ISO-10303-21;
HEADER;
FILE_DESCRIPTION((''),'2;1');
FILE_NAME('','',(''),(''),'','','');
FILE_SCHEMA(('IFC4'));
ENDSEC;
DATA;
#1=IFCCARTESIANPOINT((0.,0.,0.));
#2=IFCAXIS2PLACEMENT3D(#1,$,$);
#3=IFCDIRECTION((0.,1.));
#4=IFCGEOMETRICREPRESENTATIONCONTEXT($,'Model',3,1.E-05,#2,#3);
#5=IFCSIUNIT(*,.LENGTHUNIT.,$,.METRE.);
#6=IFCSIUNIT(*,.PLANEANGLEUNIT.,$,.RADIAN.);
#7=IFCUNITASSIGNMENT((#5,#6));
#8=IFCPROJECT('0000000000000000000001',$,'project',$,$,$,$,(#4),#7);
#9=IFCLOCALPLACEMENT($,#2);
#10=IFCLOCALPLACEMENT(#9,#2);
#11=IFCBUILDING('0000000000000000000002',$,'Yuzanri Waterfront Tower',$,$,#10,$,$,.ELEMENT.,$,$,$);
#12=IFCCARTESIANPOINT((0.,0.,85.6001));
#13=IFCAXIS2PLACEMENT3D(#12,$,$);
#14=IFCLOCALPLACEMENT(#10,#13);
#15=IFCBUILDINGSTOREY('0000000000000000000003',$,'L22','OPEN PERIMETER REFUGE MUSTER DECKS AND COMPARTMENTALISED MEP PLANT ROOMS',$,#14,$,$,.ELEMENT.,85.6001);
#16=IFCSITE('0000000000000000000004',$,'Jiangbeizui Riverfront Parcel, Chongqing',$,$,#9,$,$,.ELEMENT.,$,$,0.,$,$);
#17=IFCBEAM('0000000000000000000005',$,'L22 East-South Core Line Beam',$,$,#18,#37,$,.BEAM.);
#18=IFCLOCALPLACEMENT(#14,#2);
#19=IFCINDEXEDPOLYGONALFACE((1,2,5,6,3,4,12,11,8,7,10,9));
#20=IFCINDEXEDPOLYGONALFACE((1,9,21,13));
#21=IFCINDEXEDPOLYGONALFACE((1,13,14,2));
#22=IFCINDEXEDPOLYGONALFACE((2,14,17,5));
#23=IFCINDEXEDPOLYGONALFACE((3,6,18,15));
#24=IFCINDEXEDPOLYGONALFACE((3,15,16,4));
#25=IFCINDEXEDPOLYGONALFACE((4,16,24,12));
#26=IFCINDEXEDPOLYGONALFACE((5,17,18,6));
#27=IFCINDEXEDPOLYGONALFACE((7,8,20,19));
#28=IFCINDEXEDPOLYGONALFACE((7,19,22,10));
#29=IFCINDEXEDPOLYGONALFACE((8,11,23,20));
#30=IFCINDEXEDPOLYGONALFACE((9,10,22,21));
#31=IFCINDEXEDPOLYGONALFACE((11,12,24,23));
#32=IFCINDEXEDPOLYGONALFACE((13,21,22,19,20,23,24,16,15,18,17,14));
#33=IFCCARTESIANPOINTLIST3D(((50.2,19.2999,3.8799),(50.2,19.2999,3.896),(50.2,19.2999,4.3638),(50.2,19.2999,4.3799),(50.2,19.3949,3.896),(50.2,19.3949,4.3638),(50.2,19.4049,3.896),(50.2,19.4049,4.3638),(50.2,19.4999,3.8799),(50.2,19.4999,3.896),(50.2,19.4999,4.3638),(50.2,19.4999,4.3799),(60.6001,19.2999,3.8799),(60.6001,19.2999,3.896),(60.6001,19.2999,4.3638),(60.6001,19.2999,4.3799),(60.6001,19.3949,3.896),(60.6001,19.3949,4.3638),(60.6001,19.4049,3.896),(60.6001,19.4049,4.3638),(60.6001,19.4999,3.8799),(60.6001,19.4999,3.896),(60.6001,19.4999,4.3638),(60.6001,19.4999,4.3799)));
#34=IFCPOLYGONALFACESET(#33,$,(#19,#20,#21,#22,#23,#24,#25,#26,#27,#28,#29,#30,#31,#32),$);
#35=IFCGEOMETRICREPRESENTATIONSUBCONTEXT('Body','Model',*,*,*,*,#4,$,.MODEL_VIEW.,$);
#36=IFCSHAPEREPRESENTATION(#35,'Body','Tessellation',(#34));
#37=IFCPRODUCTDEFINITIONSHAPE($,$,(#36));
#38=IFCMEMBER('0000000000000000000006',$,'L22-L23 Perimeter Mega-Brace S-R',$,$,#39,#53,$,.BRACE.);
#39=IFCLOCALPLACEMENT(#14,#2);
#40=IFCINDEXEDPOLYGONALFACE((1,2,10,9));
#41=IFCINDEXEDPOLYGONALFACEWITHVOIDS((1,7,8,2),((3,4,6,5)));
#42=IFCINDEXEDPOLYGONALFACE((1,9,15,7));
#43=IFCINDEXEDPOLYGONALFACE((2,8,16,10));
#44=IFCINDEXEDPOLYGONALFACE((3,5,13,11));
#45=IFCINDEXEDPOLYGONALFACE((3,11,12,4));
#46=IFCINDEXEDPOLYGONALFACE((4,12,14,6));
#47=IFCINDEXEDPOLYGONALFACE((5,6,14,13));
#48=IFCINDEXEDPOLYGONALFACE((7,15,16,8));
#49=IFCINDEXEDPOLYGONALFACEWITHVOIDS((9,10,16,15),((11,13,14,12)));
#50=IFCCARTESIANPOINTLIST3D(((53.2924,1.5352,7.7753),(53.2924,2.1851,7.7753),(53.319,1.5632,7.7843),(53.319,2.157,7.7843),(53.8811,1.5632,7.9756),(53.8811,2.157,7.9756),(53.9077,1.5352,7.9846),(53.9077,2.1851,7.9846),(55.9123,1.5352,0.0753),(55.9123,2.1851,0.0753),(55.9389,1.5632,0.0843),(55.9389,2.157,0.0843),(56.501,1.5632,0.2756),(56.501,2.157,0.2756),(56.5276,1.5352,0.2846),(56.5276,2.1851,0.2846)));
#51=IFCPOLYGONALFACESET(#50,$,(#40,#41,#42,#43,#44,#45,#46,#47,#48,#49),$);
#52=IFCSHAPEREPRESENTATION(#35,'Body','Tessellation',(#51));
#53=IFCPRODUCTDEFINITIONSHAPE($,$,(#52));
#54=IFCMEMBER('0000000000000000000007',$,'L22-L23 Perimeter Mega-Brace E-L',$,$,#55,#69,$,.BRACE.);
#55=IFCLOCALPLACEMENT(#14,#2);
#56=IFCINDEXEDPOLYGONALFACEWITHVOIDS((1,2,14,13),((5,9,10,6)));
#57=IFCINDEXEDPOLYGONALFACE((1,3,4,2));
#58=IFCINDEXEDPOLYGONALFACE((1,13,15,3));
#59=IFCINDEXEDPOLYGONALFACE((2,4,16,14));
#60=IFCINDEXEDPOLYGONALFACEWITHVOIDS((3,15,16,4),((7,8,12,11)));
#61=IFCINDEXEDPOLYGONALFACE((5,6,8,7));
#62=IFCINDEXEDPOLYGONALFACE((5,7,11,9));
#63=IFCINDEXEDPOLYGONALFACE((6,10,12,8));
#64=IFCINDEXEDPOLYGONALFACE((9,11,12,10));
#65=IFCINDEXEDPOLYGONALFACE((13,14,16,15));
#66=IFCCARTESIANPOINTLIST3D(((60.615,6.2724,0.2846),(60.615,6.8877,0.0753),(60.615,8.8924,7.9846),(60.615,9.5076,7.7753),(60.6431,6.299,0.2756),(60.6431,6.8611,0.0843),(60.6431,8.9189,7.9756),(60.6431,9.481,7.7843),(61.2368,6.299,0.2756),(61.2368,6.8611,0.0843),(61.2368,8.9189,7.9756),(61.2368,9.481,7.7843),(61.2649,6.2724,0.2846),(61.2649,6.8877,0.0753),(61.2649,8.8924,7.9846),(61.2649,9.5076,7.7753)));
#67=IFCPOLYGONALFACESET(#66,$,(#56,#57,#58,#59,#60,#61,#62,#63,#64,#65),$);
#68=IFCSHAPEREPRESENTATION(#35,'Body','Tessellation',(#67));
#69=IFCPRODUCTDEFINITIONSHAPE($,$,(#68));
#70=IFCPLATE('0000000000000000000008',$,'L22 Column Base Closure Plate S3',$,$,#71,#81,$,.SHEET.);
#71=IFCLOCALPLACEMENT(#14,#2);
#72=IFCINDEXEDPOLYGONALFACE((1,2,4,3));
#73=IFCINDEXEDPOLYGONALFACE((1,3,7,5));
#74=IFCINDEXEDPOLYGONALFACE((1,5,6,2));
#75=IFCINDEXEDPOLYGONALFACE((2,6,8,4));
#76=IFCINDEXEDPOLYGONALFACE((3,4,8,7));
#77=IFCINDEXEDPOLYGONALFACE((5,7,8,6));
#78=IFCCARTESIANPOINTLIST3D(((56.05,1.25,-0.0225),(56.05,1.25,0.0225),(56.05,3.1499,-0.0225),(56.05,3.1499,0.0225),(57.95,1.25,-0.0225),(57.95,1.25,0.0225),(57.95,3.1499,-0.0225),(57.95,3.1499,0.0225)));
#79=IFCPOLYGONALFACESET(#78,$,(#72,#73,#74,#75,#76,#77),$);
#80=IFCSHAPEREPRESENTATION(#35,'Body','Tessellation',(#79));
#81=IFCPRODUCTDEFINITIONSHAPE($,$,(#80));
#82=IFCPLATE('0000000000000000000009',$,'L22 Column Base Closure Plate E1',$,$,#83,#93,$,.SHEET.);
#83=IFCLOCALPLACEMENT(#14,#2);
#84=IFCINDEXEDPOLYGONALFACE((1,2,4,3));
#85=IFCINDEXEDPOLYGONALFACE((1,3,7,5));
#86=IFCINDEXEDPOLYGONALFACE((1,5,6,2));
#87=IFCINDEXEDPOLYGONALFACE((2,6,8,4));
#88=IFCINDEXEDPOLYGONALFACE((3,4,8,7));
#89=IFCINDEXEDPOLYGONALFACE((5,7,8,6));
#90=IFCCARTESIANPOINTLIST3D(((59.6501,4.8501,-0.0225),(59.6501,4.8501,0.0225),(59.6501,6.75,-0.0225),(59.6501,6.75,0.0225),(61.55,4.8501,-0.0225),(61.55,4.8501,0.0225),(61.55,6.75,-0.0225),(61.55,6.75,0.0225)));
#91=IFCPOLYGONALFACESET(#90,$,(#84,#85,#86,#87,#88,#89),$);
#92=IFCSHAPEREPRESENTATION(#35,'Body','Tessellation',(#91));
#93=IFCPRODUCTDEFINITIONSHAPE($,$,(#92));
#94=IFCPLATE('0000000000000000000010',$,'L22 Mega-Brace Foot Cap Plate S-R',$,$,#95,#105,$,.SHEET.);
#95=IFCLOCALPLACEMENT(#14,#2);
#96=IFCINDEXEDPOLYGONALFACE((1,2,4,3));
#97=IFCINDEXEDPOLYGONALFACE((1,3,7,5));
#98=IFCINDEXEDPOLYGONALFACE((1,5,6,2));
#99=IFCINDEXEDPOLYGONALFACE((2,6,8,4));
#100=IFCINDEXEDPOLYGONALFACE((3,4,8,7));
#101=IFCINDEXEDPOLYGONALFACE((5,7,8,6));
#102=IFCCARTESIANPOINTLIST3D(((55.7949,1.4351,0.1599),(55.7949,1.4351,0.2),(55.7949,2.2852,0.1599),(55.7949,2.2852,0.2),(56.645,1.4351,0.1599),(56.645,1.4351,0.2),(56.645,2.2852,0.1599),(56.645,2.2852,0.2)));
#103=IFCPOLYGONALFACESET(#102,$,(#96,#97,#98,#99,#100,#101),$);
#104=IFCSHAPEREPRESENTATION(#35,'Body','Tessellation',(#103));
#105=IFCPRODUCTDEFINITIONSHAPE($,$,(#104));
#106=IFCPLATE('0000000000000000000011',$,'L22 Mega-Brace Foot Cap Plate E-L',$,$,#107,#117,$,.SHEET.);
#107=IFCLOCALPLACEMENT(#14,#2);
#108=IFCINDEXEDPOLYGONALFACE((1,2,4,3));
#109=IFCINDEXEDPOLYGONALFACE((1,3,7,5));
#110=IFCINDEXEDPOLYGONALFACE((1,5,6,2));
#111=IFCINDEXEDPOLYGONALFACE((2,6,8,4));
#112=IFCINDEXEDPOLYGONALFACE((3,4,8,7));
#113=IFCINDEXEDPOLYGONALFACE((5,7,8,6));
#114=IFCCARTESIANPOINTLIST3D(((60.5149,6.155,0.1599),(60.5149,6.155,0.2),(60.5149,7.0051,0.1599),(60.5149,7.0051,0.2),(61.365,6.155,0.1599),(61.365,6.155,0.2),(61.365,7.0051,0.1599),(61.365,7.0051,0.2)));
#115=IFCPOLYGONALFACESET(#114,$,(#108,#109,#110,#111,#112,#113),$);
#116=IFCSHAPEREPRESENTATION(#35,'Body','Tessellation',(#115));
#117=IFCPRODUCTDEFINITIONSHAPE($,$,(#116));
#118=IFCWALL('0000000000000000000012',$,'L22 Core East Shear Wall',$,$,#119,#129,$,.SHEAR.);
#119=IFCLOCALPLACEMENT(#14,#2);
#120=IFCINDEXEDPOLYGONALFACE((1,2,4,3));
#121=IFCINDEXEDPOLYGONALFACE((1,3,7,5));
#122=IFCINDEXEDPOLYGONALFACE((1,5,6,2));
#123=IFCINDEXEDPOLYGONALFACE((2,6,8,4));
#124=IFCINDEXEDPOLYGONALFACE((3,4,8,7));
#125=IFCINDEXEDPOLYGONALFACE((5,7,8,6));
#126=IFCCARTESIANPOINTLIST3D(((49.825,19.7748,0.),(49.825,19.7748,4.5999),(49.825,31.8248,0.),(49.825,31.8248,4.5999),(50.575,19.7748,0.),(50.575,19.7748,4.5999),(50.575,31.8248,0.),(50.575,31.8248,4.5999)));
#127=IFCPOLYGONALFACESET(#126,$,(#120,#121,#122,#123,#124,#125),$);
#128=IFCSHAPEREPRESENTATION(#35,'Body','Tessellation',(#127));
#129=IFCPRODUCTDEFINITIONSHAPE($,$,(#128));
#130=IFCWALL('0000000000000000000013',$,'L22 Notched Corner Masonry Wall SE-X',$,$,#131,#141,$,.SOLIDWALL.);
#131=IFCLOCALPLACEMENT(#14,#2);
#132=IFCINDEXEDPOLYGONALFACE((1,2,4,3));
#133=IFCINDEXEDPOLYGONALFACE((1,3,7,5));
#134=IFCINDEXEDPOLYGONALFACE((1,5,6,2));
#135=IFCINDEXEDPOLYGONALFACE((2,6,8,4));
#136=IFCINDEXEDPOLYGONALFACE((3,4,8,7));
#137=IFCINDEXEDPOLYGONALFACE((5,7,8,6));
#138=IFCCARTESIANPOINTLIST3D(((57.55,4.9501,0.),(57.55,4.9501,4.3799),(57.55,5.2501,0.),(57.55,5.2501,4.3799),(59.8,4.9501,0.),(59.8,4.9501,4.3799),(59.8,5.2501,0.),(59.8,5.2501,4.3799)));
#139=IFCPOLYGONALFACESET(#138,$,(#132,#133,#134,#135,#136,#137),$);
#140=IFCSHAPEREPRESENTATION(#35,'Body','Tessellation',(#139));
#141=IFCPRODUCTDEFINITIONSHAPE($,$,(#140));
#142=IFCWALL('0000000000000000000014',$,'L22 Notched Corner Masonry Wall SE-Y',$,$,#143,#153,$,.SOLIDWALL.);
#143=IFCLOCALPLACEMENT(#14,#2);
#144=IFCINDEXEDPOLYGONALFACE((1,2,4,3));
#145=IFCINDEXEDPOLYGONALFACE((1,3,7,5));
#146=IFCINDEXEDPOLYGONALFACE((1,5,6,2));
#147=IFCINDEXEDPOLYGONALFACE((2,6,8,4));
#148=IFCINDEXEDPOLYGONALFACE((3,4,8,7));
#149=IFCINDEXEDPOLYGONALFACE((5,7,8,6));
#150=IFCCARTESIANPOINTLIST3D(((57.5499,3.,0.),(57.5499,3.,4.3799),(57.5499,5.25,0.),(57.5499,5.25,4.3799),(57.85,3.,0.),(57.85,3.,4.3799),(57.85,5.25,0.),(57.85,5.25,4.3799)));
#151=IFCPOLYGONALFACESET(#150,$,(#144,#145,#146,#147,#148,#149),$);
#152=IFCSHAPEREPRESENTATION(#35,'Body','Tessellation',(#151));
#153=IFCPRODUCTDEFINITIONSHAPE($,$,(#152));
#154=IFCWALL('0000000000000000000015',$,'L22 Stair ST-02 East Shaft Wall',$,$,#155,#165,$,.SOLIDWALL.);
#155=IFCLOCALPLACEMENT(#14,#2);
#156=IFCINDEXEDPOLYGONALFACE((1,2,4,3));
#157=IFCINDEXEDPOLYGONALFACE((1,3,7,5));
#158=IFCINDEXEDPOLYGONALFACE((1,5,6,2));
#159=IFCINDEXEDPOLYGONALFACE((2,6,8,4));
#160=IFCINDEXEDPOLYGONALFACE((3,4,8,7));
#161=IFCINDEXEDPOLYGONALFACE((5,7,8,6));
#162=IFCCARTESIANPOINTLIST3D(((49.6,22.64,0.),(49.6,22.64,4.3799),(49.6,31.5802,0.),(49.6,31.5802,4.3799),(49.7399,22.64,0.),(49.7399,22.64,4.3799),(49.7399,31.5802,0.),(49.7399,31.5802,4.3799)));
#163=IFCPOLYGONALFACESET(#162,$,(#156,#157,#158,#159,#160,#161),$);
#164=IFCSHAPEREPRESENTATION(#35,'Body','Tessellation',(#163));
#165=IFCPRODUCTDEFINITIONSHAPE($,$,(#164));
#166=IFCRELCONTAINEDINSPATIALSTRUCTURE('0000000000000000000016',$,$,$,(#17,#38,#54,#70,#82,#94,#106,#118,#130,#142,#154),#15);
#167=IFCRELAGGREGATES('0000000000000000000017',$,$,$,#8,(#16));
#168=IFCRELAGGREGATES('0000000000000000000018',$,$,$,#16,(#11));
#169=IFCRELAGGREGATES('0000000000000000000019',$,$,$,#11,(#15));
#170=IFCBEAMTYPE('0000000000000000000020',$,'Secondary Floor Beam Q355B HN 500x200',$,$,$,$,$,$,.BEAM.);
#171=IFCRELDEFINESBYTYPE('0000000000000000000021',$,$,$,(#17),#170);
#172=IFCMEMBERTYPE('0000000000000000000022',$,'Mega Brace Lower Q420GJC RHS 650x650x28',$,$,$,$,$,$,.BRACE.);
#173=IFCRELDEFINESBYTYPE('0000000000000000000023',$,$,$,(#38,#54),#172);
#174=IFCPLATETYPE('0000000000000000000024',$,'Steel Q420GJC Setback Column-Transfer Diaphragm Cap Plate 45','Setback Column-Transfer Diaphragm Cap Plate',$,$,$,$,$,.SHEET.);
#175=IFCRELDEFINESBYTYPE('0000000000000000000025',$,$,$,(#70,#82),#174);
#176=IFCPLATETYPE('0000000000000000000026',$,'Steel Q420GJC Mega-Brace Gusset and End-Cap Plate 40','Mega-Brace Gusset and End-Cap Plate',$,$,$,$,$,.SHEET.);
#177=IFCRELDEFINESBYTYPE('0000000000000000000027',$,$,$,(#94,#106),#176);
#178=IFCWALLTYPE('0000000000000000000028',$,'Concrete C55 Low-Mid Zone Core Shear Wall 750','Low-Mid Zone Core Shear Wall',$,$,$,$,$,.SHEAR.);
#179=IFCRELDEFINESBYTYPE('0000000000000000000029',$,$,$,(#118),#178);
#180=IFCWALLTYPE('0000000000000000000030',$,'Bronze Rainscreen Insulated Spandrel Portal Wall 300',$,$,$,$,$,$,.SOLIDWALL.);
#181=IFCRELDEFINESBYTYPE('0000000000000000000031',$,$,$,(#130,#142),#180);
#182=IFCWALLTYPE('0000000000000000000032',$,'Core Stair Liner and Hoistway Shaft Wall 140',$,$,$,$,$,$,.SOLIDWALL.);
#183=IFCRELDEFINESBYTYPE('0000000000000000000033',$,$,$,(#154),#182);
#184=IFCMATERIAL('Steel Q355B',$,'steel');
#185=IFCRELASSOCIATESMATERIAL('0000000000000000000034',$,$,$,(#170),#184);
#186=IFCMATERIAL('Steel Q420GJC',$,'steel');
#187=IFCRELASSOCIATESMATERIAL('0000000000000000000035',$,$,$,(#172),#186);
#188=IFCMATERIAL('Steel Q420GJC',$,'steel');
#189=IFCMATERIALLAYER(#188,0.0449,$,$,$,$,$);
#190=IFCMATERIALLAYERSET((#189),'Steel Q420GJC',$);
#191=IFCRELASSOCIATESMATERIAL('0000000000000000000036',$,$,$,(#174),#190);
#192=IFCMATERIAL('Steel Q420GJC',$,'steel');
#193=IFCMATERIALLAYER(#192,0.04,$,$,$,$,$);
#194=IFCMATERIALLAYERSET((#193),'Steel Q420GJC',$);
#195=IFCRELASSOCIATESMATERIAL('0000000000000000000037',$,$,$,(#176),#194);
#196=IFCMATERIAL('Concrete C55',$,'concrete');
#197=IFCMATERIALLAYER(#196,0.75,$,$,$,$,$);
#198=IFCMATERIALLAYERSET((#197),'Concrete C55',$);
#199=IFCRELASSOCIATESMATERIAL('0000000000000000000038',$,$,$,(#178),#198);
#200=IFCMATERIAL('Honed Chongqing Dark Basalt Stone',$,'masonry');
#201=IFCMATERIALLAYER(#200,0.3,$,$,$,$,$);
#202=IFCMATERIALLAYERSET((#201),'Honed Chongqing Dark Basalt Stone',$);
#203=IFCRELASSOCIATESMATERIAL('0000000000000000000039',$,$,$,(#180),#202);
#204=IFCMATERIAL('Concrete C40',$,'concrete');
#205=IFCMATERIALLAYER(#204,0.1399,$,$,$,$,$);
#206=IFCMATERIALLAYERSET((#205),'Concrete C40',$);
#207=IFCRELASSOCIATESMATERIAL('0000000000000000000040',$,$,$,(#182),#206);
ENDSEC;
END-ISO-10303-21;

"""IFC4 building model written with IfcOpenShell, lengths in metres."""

from ifc_helpers import new_model, si_unit, direction, frame, frame_2d, origin, origin_2d, place, context, subcontext, project, spatial, rectangle, hollow_rectangle, i_section, extrude, source, transform, mapped, material, layer, layer_set, material_profile, profile_set, type_object, element, save


model = new_model("IFC4")

# Units and contexts
model_context = context("Model", 3, precision=1e-05, world=origin(), true_north=direction((0.0, 1.0)))
body_context = subcontext(model_context, "Body", "Model", "MODEL_VIEW")
ifc_project = project(units=[si_unit("LENGTHUNIT", "METRE"), si_unit("PLANEANGLEUNIT", "RADIAN")], contexts=[model_context])

# Site, building, storey
site_placement = place(None, origin())
site = spatial("IfcSite", under=ifc_project, at=site_placement, Name="Jiangbeizui Riverfront Parcel, Chongqing", CompositionType="ELEMENT", RefElevation=0.0)
building_placement = place(site_placement, origin())
building = spatial("IfcBuilding", under=site, at=building_placement, Name="Yuzanri Waterfront Tower", CompositionType="ELEMENT")
storey_placement = place(building_placement, frame((0.0, 0.0, 85.6001)))
storey = spatial("IfcBuildingStorey", under=building, at=storey_placement, Name="L22", Description="OPEN PERIMETER REFUGE MUSTER DECKS AND COMPARTMENTALISED MEP PLANT ROOMS", CompositionType="ELEMENT", Elevation=85.6001)

# Beam
ifc_material_1 = material(Name="Steel Q355B", Category="steel")
ifc_material_profile_1 = material_profile(ifc_material_1, i_section(OverallWidth=0.2, OverallDepth=0.5, WebThickness=0.01, FlangeThickness=0.0161, at=origin_2d()), Name="HN 500x200x10x16")
ifc_profile_set_1 = profile_set([ifc_material_profile_1], Name="Steel Q355B")
beam_type_1 = type_object("IfcBeamType", Name="Secondary Floor Beam Q355B HN 500x200", PredefinedType="BEAM", material=ifc_profile_set_1)
shared_shape_1 = source(origin(), body_context, "Body", "SweptSolid", [
    extrude(i_section(OverallWidth=0.2, OverallDepth=0.5, WebThickness=0.01, FlangeThickness=0.0161, at=origin_2d()), origin(), (0.0, 0.0, 1.0), 10.4001),
])
beam_1_placement = place(storey_placement, frame((50.2, 19.3999, 4.1299), z_axis=(1.0, 0.0, 0.0), x_axis=(0.0, 1.0, 0.0)))
element("IfcBeam", 1, at=beam_1_placement, inside=storey, type_object=beam_type_1, Name="L22 East-South Core Line Beam", PredefinedType="BEAM", context=body_context, shape_type="MappedRepresentation", body=[
    mapped(shared_shape_1, transform((0.0, 0.0, 0.0), scale=1.0)),
])

# Members
ifc_material_2 = material(Name="Steel Q420GJC", Category="steel")
ifc_material_profile_2 = material_profile(ifc_material_2, hollow_rectangle(XDim=0.6499, YDim=0.6499, WallThickness=0.0281, at=origin_2d()), Name="RHS 650x650x28")
ifc_profile_set_2 = profile_set([ifc_material_profile_2], Name="Steel Q420GJC")
member_type = type_object("IfcMemberType", Name="Mega Brace Lower Q420GJC RHS 650x650x28", PredefinedType="BRACE", material=ifc_profile_set_2)
shared_shape_2 = source(origin(), body_context, "Body", "SweptSolid", [
    extrude(hollow_rectangle(XDim=0.6499, YDim=0.6499, WallThickness=0.0281, at=origin_2d()), origin(), (0.0, 0.0, 1.0), 8.1335),
])
for number, where, z_axis, x_axis, name in (
    (2, (56.22, 1.8601, 0.1799), (-0.322111, 0.0, 0.946702), (0.0, -1.0, 0.0), "L22-L23 Perimeter Mega-Brace S-R"),
    (3, (60.9399, 6.5801, 0.1799), (0.0, 0.322111, 0.946702), (-1.0, 0.0, 0.0), "L22-L23 Perimeter Mega-Brace E-L"),
):
    element("IfcMember", number, at=place(storey_placement, frame(where, z_axis=z_axis, x_axis=x_axis)), inside=storey, type_object=member_type, Name=name, PredefinedType="BRACE", context=body_context, shape_type="MappedRepresentation", body=[
        mapped(shared_shape_2, transform((0.0, 0.0, 0.0), scale=1.0)),
    ])

# Plates
ifc_material_3 = material(Name="Steel Q420GJC", Category="steel")
ifc_layer_1 = layer(ifc_material_3, 0.0449)
ifc_layer_set_1 = layer_set([ifc_layer_1], Name="Steel Q420GJC")
plate_type_1 = type_object("IfcPlateType", Name="Steel Q420GJC Setback Column-Transfer Diaphragm Cap Plate 45", Description="Setback Column-Transfer Diaphragm Cap Plate", PredefinedType="SHEET", material=ifc_layer_set_1)
shared_shape_3 = source(origin(), body_context, "Body", "SweptSolid", [
    extrude(rectangle(XDim=1.8999, YDim=1.8999, at=origin_2d()), origin(), (0.0, 0.0, 1.0), 0.0449),
])
for number, where, z_axis, x_axis, name in (
    (4, (57.0, 2.2, -0.0225), (0.0, 0.0, 1.0), (1.0, 0.0, 0.0), "L22 Column Base Closure Plate S3"),
    (5, (60.6001, 5.8, -0.0225), (0.0, 0.0, 1.0), (1.0, 0.0, 0.0), "L22 Column Base Closure Plate E1"),
):
    element("IfcPlate", number, at=place(storey_placement, frame(where, z_axis=z_axis, x_axis=x_axis)), inside=storey, type_object=plate_type_1, Name=name, PredefinedType="SHEET", context=body_context, shape_type="MappedRepresentation", body=[
        mapped(shared_shape_3, transform((0.0, 0.0, 0.0), scale=1.0)),
    ])
ifc_material_4 = material(Name="Steel Q420GJC", Category="steel")
ifc_layer_2 = layer(ifc_material_4, 0.04)
ifc_layer_set_2 = layer_set([ifc_layer_2], Name="Steel Q420GJC")
plate_type_2 = type_object("IfcPlateType", Name="Steel Q420GJC Mega-Brace Gusset and End-Cap Plate 40", Description="Mega-Brace Gusset and End-Cap Plate", PredefinedType="SHEET", material=ifc_layer_set_2)
shared_shape_4 = source(origin(), body_context, "Body", "SweptSolid", [
    extrude(rectangle(XDim=0.8501, YDim=0.8501, at=origin_2d()), origin(), (0.0, 0.0, 1.0), 0.04),
])
for number, where, z_axis, x_axis, name in (
    (6, (56.22, 1.8601, 0.1599), (0.0, 0.0, 1.0), (1.0, 0.0, 0.0), "L22 Mega-Brace Foot Cap Plate S-R"),
    (7, (60.9399, 6.5801, 0.1599), (0.0, 0.0, 1.0), (1.0, 0.0, 0.0), "L22 Mega-Brace Foot Cap Plate E-L"),
):
    element("IfcPlate", number, at=place(storey_placement, frame(where, z_axis=z_axis, x_axis=x_axis)), inside=storey, type_object=plate_type_2, Name=name, PredefinedType="SHEET", context=body_context, shape_type="MappedRepresentation", body=[
        mapped(shared_shape_4, transform((0.0, 0.0, 0.0), scale=1.0)),
    ])

# Walls
ifc_material_5 = material(Name="Concrete C55", Category="concrete")
ifc_layer_3 = layer(ifc_material_5, 0.75)
ifc_layer_set_3 = layer_set([ifc_layer_3], Name="Concrete C55")
wall_type_1 = type_object("IfcWallType", Name="Concrete C55 Low-Mid Zone Core Shear Wall 750", Description="Low-Mid Zone Core Shear Wall", PredefinedType="SHEAR", material=ifc_layer_set_3)
shared_shape_5 = source(origin(), body_context, "Body", "SweptSolid", [
    extrude(rectangle(XDim=12.05, YDim=0.75, at=frame_2d((6.0249, 0.0))), origin(), (0.0, 0.0, 1.0), 4.5999),
])
wall_1_placement = place(storey_placement, frame((50.2, 19.7749, 0.0), z_axis=(0.0, 0.0, 1.0), x_axis=(0.0, 1.0, 0.0)))
element("IfcWall", 8, at=wall_1_placement, inside=storey, type_object=wall_type_1, Name="L22 Core East Shear Wall", PredefinedType="SHEAR", context=body_context, shape_type="MappedRepresentation", body=[
    mapped(shared_shape_5, transform((0.0, 0.0, 0.0), scale=1.0)),
])
ifc_material_6 = material(Name="Honed Chongqing Dark Basalt Stone", Category="masonry")
ifc_layer_4 = layer(ifc_material_6, 0.3)
ifc_layer_set_4 = layer_set([ifc_layer_4], Name="Honed Chongqing Dark Basalt Stone")
wall_type_2 = type_object("IfcWallType", Name="Bronze Rainscreen Insulated Spandrel Portal Wall 300", PredefinedType="SOLIDWALL", material=ifc_layer_set_4)
shared_shape_6 = source(origin(), body_context, "Body", "SweptSolid", [
    extrude(rectangle(XDim=2.25, YDim=0.3, at=frame_2d((1.125, 0.0))), origin(), (0.0, 0.0, 1.0), 4.3799),
])
for number, where, z_axis, x_axis, name in (
    (9, (57.55, 5.1001, 0.0), (0.0, 0.0, 1.0), (1.0, 0.0, 0.0), "L22 Notched Corner Masonry Wall SE-X"),
    (10, (57.7, 3.0, 0.0), (0.0, 0.0, 1.0), (0.0, 1.0, 0.0), "L22 Notched Corner Masonry Wall SE-Y"),
):
    element("IfcWall", number, at=place(storey_placement, frame(where, z_axis=z_axis, x_axis=x_axis)), inside=storey, type_object=wall_type_2, Name=name, PredefinedType="SOLIDWALL", context=body_context, shape_type="MappedRepresentation", body=[
        mapped(shared_shape_6, transform((0.0, 0.0, 0.0), scale=1.0)),
    ])
ifc_material_7 = material(Name="Concrete C40", Category="concrete")
ifc_layer_5 = layer(ifc_material_7, 0.1399)
ifc_layer_set_5 = layer_set([ifc_layer_5], Name="Concrete C40")
wall_type_3 = type_object("IfcWallType", Name="Core Stair Liner and Hoistway Shaft Wall 140", PredefinedType="SOLIDWALL", material=ifc_layer_set_5)
shared_shape_7 = source(origin(), body_context, "Body", "SweptSolid", [
    extrude(rectangle(XDim=8.9402, YDim=0.1399, at=frame_2d((4.4702, 0.0))), origin(), (0.0, 0.0, 1.0), 4.3799),
])
wall_2_placement = place(storey_placement, frame((49.6699, 22.6399, 0.0), z_axis=(0.0, 0.0, 1.0), x_axis=(0.0, 1.0, 0.0)))
element("IfcWall", 11, at=wall_2_placement, inside=storey, type_object=wall_type_3, Name="L22 Stair ST-02 East Shaft Wall", PredefinedType="SOLIDWALL", context=body_context, shape_type="MappedRepresentation", body=[
    mapped(shared_shape_7, transform((0.0, 0.0, 0.0), scale=1.0)),
])

save(model, "model.ifc")
